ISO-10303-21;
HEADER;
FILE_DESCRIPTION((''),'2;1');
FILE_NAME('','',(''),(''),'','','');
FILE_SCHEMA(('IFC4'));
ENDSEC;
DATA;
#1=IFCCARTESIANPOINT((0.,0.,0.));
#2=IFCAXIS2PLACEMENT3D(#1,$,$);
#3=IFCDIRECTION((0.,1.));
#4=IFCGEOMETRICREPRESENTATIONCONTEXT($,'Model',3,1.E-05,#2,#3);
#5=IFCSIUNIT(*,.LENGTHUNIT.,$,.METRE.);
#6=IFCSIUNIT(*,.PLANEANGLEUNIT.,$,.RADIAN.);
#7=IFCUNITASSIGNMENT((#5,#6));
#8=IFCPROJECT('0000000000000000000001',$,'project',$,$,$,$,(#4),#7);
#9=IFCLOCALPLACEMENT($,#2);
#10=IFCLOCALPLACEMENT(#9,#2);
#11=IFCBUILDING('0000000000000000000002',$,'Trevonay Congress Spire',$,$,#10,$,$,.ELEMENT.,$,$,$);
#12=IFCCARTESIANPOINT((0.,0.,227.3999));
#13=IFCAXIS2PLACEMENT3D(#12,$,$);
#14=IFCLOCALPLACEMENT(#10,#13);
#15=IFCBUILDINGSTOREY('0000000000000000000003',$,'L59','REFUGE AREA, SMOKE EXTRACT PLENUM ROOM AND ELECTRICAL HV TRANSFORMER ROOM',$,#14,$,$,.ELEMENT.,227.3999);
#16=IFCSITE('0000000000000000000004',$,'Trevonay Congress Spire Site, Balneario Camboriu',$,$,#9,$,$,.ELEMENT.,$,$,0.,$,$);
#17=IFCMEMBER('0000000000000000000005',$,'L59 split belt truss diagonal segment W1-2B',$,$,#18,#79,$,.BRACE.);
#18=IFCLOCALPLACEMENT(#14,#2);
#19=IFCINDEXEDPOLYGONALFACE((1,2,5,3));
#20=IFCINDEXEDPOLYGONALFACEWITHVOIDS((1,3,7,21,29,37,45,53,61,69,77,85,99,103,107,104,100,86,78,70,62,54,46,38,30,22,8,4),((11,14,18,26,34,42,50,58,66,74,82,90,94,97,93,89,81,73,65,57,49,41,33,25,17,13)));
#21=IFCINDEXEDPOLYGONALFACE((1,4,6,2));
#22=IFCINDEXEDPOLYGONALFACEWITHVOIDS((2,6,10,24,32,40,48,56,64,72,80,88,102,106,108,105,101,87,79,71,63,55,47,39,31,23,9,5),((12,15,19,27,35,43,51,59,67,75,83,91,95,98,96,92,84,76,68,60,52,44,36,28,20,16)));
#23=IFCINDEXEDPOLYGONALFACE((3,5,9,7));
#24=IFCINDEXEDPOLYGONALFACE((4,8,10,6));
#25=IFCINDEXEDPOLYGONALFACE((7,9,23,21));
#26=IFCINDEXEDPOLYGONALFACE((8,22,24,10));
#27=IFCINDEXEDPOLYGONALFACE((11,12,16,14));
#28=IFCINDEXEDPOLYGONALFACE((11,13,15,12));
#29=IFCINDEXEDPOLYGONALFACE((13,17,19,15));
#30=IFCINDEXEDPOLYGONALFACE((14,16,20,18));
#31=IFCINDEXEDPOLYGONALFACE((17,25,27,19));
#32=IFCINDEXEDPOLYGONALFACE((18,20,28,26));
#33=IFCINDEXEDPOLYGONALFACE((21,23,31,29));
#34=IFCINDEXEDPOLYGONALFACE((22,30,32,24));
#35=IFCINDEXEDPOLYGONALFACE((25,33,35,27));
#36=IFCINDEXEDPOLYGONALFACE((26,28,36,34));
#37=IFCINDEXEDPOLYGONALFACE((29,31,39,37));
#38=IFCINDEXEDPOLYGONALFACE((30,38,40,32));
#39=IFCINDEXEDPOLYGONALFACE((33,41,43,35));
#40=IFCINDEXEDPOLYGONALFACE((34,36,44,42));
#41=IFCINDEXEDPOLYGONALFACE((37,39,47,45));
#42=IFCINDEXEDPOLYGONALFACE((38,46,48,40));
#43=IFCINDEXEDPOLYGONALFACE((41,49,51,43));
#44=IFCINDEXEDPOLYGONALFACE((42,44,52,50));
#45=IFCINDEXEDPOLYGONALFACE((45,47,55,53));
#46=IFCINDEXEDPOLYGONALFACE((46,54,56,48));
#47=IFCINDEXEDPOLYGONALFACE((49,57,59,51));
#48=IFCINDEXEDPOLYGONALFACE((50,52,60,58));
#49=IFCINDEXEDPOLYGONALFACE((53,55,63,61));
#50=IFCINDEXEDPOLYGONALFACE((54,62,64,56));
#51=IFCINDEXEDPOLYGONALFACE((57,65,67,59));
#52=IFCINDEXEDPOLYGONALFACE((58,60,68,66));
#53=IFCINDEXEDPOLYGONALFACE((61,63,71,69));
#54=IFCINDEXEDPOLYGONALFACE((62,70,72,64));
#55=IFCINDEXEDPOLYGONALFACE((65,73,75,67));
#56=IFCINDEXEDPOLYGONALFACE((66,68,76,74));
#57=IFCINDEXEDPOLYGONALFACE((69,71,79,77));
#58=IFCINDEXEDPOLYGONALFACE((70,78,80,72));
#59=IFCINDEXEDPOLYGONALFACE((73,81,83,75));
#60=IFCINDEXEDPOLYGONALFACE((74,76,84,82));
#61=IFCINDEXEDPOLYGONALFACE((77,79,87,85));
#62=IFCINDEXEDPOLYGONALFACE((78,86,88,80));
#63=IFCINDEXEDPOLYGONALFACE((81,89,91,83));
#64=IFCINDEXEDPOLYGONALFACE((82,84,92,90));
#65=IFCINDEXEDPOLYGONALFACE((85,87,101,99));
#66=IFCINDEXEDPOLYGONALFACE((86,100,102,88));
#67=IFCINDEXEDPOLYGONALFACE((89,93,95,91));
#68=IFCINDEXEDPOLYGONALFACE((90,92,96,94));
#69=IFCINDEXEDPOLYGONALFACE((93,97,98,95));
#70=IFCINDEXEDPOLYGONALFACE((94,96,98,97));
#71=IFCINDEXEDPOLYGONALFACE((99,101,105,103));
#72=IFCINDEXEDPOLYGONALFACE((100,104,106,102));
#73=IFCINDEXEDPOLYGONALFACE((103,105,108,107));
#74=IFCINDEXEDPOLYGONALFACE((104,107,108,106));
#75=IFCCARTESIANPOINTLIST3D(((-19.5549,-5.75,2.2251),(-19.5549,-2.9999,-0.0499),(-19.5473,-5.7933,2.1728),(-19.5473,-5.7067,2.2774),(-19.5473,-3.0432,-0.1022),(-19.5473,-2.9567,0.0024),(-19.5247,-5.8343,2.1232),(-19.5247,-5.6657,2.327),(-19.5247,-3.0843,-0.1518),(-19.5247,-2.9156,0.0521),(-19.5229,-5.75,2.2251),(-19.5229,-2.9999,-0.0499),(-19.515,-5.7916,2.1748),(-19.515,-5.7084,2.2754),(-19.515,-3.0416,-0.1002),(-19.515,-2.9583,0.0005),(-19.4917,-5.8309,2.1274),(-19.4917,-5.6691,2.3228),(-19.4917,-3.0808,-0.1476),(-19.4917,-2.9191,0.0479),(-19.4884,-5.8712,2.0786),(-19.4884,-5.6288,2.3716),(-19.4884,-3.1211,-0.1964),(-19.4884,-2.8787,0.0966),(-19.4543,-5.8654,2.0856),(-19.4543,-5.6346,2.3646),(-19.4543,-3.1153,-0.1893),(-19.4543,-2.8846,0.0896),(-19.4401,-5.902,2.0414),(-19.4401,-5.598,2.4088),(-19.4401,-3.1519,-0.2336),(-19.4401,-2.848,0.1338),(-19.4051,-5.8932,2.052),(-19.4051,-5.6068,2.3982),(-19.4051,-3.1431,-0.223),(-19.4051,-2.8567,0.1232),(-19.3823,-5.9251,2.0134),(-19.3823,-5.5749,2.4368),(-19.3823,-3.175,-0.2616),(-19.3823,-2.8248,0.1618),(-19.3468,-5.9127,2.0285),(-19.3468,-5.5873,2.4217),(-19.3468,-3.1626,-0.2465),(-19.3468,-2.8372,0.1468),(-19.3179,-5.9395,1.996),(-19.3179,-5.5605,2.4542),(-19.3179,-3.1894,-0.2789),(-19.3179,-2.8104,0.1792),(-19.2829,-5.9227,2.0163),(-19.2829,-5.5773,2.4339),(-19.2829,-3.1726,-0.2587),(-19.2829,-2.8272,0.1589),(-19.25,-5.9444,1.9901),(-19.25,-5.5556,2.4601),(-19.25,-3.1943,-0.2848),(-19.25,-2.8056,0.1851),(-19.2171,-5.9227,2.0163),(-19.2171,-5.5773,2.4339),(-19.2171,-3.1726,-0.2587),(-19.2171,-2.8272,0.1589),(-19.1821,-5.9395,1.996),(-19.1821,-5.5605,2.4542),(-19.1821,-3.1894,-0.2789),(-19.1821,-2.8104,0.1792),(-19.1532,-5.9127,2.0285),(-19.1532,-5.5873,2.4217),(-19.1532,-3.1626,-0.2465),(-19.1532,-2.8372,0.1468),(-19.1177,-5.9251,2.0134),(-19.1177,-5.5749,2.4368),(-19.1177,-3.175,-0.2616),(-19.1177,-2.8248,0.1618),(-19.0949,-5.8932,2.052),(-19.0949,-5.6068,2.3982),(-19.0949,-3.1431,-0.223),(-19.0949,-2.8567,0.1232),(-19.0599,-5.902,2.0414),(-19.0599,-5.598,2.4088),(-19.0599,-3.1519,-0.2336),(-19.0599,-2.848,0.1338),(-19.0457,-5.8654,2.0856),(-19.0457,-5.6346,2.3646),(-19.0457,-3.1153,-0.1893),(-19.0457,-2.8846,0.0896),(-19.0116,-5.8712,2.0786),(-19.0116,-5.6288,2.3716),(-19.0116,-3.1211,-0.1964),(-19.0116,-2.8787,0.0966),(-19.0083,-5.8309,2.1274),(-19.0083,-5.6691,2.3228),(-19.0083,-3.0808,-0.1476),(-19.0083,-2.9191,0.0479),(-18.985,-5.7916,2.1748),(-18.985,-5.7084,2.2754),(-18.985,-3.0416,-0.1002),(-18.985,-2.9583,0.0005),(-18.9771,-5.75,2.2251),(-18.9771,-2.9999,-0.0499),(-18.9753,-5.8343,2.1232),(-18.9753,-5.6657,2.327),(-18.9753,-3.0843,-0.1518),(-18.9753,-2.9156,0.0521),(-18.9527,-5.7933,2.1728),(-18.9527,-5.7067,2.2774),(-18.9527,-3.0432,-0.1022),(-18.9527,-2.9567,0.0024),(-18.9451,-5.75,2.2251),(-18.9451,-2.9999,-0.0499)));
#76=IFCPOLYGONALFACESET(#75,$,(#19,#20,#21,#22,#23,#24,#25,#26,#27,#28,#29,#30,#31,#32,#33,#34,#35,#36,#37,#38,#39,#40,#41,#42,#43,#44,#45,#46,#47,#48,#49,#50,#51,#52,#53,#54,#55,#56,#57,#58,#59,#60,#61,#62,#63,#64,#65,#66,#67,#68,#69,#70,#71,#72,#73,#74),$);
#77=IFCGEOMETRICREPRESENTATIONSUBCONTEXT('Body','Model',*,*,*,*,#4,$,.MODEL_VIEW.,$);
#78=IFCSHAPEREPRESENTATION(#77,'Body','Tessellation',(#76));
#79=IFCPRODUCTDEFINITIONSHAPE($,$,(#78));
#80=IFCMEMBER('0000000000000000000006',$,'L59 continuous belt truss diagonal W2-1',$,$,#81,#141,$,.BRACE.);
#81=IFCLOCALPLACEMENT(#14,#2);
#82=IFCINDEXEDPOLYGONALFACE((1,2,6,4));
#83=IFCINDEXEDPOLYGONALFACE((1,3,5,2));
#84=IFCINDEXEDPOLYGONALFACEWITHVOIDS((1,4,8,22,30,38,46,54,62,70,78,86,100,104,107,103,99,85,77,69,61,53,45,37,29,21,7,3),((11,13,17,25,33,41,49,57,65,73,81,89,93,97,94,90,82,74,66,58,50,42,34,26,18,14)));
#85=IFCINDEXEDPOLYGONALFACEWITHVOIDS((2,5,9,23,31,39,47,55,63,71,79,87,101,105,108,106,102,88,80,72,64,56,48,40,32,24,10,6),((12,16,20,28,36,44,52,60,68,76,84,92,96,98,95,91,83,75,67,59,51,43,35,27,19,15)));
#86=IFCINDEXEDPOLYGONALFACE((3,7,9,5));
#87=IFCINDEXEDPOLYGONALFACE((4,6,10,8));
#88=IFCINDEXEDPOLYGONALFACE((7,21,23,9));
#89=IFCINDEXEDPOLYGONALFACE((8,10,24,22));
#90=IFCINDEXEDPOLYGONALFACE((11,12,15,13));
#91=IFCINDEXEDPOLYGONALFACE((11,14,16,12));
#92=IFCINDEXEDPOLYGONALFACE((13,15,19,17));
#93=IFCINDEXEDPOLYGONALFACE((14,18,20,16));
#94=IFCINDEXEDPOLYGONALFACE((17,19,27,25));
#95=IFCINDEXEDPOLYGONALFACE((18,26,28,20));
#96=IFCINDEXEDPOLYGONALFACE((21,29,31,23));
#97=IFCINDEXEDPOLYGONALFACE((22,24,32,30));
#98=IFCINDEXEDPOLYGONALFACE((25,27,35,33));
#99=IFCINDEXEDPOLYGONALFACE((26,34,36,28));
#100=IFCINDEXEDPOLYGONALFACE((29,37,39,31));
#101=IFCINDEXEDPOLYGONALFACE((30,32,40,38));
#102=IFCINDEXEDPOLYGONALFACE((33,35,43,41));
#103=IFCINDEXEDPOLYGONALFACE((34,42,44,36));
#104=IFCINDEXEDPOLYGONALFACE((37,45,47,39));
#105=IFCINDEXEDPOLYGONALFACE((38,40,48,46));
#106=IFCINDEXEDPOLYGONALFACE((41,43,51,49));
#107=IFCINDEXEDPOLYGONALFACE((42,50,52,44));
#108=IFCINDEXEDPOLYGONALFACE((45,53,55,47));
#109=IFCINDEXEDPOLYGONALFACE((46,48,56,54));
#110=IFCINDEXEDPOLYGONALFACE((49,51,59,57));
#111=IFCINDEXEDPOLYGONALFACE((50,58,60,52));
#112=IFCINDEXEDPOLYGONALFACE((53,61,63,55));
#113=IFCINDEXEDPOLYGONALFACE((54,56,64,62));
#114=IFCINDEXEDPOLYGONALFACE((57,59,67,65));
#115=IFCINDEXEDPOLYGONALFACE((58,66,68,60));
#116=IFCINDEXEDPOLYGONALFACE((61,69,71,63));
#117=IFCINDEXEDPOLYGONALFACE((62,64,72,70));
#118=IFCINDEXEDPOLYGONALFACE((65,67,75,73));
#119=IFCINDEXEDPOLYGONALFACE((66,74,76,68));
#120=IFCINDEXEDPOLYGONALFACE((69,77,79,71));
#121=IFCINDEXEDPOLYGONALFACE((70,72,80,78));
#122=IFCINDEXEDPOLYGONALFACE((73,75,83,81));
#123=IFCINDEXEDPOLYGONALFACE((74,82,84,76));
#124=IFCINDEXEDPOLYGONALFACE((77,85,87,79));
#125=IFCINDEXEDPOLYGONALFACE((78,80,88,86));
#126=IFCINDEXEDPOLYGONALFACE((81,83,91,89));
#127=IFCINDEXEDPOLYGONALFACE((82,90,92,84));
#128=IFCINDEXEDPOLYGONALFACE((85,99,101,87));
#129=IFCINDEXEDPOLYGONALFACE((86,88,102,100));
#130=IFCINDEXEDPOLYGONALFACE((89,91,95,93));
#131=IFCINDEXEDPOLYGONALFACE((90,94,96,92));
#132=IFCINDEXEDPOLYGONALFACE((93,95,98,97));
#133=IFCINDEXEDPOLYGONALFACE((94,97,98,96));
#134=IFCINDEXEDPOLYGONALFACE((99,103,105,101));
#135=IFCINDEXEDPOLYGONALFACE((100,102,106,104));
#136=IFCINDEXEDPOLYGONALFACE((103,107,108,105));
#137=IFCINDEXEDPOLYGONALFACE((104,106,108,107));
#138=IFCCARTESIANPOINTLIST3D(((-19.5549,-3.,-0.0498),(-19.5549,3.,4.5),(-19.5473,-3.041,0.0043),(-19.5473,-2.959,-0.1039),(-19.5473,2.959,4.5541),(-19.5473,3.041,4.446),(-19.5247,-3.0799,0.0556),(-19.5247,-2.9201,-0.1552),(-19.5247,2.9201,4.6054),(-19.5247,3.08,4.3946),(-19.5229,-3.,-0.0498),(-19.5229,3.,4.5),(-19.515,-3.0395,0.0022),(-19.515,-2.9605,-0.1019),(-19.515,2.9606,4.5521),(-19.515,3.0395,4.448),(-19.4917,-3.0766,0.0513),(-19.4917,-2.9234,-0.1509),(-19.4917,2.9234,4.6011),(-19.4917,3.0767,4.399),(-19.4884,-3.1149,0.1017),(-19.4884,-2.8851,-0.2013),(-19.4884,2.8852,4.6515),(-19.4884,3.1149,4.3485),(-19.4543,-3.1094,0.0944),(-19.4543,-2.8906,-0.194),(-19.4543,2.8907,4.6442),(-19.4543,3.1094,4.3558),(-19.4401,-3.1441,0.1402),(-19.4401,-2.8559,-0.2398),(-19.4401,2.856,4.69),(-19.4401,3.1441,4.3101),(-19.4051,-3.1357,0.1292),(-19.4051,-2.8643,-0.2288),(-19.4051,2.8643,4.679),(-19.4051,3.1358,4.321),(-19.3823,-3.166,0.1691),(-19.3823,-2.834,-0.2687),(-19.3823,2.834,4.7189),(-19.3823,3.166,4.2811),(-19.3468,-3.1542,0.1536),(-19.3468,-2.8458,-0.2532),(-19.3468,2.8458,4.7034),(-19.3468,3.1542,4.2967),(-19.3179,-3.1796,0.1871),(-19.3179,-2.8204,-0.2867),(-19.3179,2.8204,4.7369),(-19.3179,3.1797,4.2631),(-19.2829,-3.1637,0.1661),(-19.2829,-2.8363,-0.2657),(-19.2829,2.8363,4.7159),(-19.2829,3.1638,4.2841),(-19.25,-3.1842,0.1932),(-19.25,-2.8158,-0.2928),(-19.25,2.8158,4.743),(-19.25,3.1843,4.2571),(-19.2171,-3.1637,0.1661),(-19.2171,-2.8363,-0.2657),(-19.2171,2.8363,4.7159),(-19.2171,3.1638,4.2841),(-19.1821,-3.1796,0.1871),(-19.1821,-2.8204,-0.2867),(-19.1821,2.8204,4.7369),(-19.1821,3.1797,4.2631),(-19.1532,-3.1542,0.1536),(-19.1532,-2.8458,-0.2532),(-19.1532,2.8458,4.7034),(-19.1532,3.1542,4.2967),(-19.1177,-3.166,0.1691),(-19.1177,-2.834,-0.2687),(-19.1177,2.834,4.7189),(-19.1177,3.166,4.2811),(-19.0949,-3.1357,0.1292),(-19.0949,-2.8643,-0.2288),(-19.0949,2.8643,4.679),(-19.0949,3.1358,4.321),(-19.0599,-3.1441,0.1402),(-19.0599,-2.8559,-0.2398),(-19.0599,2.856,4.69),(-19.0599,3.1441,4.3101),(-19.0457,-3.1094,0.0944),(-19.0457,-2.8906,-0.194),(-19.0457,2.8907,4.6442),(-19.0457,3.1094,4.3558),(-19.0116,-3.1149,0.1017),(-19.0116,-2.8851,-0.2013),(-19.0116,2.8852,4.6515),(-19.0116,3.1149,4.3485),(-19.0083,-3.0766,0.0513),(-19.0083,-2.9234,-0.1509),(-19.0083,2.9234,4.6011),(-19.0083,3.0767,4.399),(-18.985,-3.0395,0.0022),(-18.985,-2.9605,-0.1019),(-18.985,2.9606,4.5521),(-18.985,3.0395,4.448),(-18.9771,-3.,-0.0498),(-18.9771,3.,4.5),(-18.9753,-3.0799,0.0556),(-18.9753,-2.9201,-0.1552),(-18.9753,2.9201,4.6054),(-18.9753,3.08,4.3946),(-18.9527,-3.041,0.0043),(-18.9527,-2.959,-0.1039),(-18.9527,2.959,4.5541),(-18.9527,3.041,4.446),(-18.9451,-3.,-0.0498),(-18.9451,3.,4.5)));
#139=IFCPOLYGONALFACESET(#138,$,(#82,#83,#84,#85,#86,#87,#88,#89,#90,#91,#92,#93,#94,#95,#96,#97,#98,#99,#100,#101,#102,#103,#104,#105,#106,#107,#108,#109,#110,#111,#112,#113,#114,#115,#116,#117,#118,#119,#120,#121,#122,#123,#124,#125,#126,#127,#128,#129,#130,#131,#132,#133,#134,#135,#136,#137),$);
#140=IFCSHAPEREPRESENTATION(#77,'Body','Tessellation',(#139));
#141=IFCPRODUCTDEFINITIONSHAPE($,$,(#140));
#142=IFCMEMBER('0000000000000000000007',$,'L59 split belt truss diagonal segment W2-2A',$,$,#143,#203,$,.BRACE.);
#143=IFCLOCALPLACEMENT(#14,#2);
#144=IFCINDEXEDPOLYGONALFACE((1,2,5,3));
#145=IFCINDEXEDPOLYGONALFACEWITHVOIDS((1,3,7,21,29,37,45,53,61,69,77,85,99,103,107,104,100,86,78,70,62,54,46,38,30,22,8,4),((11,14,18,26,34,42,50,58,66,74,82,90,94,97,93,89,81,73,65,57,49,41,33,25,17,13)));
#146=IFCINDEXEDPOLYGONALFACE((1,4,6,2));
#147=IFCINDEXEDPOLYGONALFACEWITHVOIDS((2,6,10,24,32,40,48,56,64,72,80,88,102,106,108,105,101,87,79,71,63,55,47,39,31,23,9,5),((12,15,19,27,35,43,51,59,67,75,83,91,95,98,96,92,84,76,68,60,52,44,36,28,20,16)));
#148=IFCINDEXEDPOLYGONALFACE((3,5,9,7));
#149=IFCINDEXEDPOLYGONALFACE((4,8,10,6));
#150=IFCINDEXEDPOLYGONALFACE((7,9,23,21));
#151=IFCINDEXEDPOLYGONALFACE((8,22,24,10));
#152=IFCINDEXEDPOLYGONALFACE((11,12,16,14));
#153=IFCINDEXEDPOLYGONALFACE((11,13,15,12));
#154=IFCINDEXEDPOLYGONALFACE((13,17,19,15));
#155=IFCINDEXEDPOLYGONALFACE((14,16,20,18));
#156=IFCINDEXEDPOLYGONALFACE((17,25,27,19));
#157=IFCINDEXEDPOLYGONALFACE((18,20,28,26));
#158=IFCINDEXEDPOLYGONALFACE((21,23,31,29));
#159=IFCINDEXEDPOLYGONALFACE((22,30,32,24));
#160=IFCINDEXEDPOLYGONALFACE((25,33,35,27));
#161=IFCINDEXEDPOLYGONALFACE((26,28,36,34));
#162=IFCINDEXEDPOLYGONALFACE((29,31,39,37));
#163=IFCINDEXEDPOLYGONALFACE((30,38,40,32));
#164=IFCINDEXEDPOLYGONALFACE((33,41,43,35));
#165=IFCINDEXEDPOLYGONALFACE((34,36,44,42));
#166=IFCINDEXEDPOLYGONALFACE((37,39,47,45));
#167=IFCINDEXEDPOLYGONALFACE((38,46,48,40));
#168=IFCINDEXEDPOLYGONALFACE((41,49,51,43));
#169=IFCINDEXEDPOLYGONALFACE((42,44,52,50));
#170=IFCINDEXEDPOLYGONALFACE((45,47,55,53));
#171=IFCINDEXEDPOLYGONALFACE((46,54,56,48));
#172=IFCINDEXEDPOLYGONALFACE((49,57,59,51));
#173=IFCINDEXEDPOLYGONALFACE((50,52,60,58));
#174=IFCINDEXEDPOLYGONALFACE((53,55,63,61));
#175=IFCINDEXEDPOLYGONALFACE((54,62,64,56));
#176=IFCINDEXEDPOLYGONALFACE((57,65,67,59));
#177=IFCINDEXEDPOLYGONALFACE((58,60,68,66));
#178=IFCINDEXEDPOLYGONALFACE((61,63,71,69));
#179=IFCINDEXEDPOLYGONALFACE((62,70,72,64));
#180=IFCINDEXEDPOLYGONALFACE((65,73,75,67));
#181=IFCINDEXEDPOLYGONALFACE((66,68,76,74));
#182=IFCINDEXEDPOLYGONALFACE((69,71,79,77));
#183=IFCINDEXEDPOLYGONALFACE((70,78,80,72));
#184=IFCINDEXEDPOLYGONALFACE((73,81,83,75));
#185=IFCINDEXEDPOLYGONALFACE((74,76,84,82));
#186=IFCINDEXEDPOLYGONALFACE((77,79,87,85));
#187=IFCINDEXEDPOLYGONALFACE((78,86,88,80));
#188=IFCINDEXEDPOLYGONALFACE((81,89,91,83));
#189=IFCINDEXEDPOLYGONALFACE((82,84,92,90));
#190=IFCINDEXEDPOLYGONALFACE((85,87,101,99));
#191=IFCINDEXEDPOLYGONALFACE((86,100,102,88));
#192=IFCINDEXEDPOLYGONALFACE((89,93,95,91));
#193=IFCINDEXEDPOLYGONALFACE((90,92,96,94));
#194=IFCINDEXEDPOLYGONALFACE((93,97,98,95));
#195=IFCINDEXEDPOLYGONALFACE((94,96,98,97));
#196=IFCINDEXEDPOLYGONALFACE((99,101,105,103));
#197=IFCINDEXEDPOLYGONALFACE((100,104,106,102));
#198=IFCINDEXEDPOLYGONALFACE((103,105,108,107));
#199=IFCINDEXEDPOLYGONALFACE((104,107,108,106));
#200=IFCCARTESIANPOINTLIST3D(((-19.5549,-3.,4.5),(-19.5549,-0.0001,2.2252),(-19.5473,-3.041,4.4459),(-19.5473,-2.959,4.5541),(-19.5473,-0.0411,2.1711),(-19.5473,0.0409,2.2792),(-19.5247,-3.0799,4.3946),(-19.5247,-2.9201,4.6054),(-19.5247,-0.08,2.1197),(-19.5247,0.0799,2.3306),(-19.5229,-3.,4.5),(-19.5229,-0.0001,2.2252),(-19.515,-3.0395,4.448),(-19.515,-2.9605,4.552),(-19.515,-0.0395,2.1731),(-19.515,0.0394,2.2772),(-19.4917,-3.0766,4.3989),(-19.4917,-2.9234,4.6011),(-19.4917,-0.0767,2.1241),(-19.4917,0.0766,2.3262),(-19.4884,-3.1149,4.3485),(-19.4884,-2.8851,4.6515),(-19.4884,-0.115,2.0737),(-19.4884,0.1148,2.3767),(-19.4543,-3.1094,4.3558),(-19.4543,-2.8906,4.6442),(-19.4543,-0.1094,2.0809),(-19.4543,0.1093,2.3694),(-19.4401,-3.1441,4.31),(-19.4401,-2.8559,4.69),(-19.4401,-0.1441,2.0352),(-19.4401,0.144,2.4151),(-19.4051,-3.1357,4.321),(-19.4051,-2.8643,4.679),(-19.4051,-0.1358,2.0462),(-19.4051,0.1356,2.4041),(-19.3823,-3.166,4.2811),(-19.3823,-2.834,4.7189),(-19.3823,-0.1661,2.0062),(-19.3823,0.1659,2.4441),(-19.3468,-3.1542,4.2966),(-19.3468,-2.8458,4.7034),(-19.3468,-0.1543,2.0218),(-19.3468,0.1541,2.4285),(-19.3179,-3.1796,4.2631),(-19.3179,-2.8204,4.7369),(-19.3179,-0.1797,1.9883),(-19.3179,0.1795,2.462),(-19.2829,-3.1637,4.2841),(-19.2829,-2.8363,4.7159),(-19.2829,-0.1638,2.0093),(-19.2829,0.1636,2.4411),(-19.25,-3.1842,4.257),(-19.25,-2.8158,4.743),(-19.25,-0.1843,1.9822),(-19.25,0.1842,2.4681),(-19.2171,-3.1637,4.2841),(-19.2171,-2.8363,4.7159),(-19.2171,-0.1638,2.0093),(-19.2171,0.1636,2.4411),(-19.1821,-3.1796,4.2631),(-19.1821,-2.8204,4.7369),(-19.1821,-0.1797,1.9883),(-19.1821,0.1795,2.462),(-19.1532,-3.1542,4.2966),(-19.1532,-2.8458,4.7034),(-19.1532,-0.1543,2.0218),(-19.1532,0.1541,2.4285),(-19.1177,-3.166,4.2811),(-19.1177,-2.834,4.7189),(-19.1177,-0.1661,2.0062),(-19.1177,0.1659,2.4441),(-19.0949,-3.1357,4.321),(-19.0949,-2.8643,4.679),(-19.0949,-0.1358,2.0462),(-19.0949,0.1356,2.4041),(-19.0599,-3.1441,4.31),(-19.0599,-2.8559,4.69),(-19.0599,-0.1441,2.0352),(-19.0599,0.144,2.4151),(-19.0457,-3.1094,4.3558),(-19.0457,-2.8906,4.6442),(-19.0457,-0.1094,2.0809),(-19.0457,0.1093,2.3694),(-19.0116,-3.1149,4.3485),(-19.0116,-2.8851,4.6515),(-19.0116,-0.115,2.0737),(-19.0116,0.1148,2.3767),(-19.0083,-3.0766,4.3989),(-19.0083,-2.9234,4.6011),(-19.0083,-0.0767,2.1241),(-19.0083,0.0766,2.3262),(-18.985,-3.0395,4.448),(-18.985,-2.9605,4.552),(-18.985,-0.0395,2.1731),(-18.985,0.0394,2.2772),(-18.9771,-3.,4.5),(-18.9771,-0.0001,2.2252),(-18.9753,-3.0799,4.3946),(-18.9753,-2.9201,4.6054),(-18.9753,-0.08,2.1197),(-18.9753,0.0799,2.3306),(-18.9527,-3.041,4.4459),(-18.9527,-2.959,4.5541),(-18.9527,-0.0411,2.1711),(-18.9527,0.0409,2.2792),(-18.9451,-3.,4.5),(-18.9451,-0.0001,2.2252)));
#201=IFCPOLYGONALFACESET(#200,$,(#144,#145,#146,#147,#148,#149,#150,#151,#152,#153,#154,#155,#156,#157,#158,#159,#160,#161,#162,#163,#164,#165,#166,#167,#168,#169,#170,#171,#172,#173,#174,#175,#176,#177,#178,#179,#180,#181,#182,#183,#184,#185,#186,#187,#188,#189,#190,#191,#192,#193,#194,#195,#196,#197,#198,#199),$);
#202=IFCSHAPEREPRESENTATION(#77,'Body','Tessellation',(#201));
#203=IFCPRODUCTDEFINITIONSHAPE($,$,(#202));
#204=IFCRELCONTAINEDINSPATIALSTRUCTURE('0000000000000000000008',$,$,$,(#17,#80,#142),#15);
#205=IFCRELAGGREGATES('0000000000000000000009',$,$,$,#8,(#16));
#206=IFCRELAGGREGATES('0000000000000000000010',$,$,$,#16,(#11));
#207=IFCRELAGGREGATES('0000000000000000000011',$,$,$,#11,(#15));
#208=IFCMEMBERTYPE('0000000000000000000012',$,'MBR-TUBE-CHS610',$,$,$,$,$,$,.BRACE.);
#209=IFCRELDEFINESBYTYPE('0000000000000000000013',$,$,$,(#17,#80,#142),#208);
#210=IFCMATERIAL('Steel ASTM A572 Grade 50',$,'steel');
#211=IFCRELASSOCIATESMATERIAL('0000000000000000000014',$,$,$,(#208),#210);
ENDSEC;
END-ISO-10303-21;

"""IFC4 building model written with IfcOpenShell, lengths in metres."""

from ifc_helpers import new_model, si_unit, direction, frame, origin, origin_2d, place, context, subcontext, project, spatial, hollow_circle, extrude, material, material_profile, profile_set, type_object, element, save


model = new_model("IFC4")

# Units and contexts
model_context = context("Model", 3, precision=1e-05, world=origin(), true_north=direction((0.0, 1.0)))
body_context = subcontext(model_context, "Body", "Model", "MODEL_VIEW")
ifc_project = project(units=[si_unit("LENGTHUNIT", "METRE"), si_unit("PLANEANGLEUNIT", "RADIAN")], contexts=[model_context])

# Site, building, storey
site_placement = place(None, origin())
site = spatial("IfcSite", under=ifc_project, at=site_placement, Name="Trevonay Congress Spire Site, Balneario Camboriu", CompositionType="ELEMENT", RefElevation=0.0)
building_placement = place(site_placement, origin())
building = spatial("IfcBuilding", under=site, at=building_placement, Name="Trevonay Congress Spire", CompositionType="ELEMENT")
storey_placement = place(building_placement, frame((0.0, 0.0, 227.3999)))
storey = spatial("IfcBuildingStorey", under=building, at=storey_placement, Name="L59", Description="REFUGE AREA, SMOKE EXTRACT PLENUM ROOM AND ELECTRICAL HV TRANSFORMER ROOM", CompositionType="ELEMENT", Elevation=227.3999)

# Shared definitions
ifc_material_1 = material(Name="Steel ASTM A572 Grade 50", Category="steel")

# Members
ifc_material_profile_1 = material_profile(ifc_material_1, hollow_circle(Radius=0.3049, WallThickness=0.032, at=origin_2d()), Name="CHS 610x32")
ifc_profile_set_1 = profile_set([ifc_material_profile_1], Name="Steel ASTM A572 Grade 50")
member_type = type_object("IfcMemberType", Name="MBR-TUBE-CHS610", PredefinedType="BRACE", material=ifc_profile_set_1)
for number, where, z_axis, x_axis, name in (
    (1, (-19.25, -5.75, 2.2251), (0.0, 0.770526, -0.637408), (-1.0, 0.0, 0.0), "L59 split belt truss diagonal segment W1-2B"),
):
    element("IfcMember", number, at=place(storey_placement, frame(where, z_axis=z_axis, x_axis=x_axis)), inside=storey, type_object=member_type, Name=name, PredefinedType="BRACE", context=body_context, shape_type="SweptSolid", body=[
        extrude(hollow_circle(Radius=0.3049, WallThickness=0.032, at=origin_2d()), origin(), (0.0, 0.0, 1.0), 3.5691),
    ])
member_1_placement = place(storey_placement, frame((-19.25, -3.0, -0.0498), z_axis=(0.0, 0.796814, 0.604225), x_axis=(-1.0, 0.0, 0.0)))
element("IfcMember", 2, at=member_1_placement, inside=storey, type_object=member_type, Name="L59 continuous belt truss diagonal W2-1", PredefinedType="BRACE", context=body_context, shape_type="SweptSolid", body=[
    extrude(hollow_circle(Radius=0.3049, WallThickness=0.032, at=origin_2d()), origin(), (0.0, 0.0, 1.0), 7.53),
])
member_2_placement = place(storey_placement, frame((-19.25, -3.0, 4.5), z_axis=(0.0, 0.796814, -0.604225), x_axis=(-1.0, 0.0, 0.0)))
element("IfcMember", 3, at=member_2_placement, inside=storey, type_object=member_type, Name="L59 split belt truss diagonal segment W2-2A", PredefinedType="BRACE", context=body_context, shape_type="SweptSolid", body=[
    extrude(hollow_circle(Radius=0.3049, WallThickness=0.032, at=origin_2d()), origin(), (0.0, 0.0, 1.0), 3.7649),
])

save(model, "model.ifc")
